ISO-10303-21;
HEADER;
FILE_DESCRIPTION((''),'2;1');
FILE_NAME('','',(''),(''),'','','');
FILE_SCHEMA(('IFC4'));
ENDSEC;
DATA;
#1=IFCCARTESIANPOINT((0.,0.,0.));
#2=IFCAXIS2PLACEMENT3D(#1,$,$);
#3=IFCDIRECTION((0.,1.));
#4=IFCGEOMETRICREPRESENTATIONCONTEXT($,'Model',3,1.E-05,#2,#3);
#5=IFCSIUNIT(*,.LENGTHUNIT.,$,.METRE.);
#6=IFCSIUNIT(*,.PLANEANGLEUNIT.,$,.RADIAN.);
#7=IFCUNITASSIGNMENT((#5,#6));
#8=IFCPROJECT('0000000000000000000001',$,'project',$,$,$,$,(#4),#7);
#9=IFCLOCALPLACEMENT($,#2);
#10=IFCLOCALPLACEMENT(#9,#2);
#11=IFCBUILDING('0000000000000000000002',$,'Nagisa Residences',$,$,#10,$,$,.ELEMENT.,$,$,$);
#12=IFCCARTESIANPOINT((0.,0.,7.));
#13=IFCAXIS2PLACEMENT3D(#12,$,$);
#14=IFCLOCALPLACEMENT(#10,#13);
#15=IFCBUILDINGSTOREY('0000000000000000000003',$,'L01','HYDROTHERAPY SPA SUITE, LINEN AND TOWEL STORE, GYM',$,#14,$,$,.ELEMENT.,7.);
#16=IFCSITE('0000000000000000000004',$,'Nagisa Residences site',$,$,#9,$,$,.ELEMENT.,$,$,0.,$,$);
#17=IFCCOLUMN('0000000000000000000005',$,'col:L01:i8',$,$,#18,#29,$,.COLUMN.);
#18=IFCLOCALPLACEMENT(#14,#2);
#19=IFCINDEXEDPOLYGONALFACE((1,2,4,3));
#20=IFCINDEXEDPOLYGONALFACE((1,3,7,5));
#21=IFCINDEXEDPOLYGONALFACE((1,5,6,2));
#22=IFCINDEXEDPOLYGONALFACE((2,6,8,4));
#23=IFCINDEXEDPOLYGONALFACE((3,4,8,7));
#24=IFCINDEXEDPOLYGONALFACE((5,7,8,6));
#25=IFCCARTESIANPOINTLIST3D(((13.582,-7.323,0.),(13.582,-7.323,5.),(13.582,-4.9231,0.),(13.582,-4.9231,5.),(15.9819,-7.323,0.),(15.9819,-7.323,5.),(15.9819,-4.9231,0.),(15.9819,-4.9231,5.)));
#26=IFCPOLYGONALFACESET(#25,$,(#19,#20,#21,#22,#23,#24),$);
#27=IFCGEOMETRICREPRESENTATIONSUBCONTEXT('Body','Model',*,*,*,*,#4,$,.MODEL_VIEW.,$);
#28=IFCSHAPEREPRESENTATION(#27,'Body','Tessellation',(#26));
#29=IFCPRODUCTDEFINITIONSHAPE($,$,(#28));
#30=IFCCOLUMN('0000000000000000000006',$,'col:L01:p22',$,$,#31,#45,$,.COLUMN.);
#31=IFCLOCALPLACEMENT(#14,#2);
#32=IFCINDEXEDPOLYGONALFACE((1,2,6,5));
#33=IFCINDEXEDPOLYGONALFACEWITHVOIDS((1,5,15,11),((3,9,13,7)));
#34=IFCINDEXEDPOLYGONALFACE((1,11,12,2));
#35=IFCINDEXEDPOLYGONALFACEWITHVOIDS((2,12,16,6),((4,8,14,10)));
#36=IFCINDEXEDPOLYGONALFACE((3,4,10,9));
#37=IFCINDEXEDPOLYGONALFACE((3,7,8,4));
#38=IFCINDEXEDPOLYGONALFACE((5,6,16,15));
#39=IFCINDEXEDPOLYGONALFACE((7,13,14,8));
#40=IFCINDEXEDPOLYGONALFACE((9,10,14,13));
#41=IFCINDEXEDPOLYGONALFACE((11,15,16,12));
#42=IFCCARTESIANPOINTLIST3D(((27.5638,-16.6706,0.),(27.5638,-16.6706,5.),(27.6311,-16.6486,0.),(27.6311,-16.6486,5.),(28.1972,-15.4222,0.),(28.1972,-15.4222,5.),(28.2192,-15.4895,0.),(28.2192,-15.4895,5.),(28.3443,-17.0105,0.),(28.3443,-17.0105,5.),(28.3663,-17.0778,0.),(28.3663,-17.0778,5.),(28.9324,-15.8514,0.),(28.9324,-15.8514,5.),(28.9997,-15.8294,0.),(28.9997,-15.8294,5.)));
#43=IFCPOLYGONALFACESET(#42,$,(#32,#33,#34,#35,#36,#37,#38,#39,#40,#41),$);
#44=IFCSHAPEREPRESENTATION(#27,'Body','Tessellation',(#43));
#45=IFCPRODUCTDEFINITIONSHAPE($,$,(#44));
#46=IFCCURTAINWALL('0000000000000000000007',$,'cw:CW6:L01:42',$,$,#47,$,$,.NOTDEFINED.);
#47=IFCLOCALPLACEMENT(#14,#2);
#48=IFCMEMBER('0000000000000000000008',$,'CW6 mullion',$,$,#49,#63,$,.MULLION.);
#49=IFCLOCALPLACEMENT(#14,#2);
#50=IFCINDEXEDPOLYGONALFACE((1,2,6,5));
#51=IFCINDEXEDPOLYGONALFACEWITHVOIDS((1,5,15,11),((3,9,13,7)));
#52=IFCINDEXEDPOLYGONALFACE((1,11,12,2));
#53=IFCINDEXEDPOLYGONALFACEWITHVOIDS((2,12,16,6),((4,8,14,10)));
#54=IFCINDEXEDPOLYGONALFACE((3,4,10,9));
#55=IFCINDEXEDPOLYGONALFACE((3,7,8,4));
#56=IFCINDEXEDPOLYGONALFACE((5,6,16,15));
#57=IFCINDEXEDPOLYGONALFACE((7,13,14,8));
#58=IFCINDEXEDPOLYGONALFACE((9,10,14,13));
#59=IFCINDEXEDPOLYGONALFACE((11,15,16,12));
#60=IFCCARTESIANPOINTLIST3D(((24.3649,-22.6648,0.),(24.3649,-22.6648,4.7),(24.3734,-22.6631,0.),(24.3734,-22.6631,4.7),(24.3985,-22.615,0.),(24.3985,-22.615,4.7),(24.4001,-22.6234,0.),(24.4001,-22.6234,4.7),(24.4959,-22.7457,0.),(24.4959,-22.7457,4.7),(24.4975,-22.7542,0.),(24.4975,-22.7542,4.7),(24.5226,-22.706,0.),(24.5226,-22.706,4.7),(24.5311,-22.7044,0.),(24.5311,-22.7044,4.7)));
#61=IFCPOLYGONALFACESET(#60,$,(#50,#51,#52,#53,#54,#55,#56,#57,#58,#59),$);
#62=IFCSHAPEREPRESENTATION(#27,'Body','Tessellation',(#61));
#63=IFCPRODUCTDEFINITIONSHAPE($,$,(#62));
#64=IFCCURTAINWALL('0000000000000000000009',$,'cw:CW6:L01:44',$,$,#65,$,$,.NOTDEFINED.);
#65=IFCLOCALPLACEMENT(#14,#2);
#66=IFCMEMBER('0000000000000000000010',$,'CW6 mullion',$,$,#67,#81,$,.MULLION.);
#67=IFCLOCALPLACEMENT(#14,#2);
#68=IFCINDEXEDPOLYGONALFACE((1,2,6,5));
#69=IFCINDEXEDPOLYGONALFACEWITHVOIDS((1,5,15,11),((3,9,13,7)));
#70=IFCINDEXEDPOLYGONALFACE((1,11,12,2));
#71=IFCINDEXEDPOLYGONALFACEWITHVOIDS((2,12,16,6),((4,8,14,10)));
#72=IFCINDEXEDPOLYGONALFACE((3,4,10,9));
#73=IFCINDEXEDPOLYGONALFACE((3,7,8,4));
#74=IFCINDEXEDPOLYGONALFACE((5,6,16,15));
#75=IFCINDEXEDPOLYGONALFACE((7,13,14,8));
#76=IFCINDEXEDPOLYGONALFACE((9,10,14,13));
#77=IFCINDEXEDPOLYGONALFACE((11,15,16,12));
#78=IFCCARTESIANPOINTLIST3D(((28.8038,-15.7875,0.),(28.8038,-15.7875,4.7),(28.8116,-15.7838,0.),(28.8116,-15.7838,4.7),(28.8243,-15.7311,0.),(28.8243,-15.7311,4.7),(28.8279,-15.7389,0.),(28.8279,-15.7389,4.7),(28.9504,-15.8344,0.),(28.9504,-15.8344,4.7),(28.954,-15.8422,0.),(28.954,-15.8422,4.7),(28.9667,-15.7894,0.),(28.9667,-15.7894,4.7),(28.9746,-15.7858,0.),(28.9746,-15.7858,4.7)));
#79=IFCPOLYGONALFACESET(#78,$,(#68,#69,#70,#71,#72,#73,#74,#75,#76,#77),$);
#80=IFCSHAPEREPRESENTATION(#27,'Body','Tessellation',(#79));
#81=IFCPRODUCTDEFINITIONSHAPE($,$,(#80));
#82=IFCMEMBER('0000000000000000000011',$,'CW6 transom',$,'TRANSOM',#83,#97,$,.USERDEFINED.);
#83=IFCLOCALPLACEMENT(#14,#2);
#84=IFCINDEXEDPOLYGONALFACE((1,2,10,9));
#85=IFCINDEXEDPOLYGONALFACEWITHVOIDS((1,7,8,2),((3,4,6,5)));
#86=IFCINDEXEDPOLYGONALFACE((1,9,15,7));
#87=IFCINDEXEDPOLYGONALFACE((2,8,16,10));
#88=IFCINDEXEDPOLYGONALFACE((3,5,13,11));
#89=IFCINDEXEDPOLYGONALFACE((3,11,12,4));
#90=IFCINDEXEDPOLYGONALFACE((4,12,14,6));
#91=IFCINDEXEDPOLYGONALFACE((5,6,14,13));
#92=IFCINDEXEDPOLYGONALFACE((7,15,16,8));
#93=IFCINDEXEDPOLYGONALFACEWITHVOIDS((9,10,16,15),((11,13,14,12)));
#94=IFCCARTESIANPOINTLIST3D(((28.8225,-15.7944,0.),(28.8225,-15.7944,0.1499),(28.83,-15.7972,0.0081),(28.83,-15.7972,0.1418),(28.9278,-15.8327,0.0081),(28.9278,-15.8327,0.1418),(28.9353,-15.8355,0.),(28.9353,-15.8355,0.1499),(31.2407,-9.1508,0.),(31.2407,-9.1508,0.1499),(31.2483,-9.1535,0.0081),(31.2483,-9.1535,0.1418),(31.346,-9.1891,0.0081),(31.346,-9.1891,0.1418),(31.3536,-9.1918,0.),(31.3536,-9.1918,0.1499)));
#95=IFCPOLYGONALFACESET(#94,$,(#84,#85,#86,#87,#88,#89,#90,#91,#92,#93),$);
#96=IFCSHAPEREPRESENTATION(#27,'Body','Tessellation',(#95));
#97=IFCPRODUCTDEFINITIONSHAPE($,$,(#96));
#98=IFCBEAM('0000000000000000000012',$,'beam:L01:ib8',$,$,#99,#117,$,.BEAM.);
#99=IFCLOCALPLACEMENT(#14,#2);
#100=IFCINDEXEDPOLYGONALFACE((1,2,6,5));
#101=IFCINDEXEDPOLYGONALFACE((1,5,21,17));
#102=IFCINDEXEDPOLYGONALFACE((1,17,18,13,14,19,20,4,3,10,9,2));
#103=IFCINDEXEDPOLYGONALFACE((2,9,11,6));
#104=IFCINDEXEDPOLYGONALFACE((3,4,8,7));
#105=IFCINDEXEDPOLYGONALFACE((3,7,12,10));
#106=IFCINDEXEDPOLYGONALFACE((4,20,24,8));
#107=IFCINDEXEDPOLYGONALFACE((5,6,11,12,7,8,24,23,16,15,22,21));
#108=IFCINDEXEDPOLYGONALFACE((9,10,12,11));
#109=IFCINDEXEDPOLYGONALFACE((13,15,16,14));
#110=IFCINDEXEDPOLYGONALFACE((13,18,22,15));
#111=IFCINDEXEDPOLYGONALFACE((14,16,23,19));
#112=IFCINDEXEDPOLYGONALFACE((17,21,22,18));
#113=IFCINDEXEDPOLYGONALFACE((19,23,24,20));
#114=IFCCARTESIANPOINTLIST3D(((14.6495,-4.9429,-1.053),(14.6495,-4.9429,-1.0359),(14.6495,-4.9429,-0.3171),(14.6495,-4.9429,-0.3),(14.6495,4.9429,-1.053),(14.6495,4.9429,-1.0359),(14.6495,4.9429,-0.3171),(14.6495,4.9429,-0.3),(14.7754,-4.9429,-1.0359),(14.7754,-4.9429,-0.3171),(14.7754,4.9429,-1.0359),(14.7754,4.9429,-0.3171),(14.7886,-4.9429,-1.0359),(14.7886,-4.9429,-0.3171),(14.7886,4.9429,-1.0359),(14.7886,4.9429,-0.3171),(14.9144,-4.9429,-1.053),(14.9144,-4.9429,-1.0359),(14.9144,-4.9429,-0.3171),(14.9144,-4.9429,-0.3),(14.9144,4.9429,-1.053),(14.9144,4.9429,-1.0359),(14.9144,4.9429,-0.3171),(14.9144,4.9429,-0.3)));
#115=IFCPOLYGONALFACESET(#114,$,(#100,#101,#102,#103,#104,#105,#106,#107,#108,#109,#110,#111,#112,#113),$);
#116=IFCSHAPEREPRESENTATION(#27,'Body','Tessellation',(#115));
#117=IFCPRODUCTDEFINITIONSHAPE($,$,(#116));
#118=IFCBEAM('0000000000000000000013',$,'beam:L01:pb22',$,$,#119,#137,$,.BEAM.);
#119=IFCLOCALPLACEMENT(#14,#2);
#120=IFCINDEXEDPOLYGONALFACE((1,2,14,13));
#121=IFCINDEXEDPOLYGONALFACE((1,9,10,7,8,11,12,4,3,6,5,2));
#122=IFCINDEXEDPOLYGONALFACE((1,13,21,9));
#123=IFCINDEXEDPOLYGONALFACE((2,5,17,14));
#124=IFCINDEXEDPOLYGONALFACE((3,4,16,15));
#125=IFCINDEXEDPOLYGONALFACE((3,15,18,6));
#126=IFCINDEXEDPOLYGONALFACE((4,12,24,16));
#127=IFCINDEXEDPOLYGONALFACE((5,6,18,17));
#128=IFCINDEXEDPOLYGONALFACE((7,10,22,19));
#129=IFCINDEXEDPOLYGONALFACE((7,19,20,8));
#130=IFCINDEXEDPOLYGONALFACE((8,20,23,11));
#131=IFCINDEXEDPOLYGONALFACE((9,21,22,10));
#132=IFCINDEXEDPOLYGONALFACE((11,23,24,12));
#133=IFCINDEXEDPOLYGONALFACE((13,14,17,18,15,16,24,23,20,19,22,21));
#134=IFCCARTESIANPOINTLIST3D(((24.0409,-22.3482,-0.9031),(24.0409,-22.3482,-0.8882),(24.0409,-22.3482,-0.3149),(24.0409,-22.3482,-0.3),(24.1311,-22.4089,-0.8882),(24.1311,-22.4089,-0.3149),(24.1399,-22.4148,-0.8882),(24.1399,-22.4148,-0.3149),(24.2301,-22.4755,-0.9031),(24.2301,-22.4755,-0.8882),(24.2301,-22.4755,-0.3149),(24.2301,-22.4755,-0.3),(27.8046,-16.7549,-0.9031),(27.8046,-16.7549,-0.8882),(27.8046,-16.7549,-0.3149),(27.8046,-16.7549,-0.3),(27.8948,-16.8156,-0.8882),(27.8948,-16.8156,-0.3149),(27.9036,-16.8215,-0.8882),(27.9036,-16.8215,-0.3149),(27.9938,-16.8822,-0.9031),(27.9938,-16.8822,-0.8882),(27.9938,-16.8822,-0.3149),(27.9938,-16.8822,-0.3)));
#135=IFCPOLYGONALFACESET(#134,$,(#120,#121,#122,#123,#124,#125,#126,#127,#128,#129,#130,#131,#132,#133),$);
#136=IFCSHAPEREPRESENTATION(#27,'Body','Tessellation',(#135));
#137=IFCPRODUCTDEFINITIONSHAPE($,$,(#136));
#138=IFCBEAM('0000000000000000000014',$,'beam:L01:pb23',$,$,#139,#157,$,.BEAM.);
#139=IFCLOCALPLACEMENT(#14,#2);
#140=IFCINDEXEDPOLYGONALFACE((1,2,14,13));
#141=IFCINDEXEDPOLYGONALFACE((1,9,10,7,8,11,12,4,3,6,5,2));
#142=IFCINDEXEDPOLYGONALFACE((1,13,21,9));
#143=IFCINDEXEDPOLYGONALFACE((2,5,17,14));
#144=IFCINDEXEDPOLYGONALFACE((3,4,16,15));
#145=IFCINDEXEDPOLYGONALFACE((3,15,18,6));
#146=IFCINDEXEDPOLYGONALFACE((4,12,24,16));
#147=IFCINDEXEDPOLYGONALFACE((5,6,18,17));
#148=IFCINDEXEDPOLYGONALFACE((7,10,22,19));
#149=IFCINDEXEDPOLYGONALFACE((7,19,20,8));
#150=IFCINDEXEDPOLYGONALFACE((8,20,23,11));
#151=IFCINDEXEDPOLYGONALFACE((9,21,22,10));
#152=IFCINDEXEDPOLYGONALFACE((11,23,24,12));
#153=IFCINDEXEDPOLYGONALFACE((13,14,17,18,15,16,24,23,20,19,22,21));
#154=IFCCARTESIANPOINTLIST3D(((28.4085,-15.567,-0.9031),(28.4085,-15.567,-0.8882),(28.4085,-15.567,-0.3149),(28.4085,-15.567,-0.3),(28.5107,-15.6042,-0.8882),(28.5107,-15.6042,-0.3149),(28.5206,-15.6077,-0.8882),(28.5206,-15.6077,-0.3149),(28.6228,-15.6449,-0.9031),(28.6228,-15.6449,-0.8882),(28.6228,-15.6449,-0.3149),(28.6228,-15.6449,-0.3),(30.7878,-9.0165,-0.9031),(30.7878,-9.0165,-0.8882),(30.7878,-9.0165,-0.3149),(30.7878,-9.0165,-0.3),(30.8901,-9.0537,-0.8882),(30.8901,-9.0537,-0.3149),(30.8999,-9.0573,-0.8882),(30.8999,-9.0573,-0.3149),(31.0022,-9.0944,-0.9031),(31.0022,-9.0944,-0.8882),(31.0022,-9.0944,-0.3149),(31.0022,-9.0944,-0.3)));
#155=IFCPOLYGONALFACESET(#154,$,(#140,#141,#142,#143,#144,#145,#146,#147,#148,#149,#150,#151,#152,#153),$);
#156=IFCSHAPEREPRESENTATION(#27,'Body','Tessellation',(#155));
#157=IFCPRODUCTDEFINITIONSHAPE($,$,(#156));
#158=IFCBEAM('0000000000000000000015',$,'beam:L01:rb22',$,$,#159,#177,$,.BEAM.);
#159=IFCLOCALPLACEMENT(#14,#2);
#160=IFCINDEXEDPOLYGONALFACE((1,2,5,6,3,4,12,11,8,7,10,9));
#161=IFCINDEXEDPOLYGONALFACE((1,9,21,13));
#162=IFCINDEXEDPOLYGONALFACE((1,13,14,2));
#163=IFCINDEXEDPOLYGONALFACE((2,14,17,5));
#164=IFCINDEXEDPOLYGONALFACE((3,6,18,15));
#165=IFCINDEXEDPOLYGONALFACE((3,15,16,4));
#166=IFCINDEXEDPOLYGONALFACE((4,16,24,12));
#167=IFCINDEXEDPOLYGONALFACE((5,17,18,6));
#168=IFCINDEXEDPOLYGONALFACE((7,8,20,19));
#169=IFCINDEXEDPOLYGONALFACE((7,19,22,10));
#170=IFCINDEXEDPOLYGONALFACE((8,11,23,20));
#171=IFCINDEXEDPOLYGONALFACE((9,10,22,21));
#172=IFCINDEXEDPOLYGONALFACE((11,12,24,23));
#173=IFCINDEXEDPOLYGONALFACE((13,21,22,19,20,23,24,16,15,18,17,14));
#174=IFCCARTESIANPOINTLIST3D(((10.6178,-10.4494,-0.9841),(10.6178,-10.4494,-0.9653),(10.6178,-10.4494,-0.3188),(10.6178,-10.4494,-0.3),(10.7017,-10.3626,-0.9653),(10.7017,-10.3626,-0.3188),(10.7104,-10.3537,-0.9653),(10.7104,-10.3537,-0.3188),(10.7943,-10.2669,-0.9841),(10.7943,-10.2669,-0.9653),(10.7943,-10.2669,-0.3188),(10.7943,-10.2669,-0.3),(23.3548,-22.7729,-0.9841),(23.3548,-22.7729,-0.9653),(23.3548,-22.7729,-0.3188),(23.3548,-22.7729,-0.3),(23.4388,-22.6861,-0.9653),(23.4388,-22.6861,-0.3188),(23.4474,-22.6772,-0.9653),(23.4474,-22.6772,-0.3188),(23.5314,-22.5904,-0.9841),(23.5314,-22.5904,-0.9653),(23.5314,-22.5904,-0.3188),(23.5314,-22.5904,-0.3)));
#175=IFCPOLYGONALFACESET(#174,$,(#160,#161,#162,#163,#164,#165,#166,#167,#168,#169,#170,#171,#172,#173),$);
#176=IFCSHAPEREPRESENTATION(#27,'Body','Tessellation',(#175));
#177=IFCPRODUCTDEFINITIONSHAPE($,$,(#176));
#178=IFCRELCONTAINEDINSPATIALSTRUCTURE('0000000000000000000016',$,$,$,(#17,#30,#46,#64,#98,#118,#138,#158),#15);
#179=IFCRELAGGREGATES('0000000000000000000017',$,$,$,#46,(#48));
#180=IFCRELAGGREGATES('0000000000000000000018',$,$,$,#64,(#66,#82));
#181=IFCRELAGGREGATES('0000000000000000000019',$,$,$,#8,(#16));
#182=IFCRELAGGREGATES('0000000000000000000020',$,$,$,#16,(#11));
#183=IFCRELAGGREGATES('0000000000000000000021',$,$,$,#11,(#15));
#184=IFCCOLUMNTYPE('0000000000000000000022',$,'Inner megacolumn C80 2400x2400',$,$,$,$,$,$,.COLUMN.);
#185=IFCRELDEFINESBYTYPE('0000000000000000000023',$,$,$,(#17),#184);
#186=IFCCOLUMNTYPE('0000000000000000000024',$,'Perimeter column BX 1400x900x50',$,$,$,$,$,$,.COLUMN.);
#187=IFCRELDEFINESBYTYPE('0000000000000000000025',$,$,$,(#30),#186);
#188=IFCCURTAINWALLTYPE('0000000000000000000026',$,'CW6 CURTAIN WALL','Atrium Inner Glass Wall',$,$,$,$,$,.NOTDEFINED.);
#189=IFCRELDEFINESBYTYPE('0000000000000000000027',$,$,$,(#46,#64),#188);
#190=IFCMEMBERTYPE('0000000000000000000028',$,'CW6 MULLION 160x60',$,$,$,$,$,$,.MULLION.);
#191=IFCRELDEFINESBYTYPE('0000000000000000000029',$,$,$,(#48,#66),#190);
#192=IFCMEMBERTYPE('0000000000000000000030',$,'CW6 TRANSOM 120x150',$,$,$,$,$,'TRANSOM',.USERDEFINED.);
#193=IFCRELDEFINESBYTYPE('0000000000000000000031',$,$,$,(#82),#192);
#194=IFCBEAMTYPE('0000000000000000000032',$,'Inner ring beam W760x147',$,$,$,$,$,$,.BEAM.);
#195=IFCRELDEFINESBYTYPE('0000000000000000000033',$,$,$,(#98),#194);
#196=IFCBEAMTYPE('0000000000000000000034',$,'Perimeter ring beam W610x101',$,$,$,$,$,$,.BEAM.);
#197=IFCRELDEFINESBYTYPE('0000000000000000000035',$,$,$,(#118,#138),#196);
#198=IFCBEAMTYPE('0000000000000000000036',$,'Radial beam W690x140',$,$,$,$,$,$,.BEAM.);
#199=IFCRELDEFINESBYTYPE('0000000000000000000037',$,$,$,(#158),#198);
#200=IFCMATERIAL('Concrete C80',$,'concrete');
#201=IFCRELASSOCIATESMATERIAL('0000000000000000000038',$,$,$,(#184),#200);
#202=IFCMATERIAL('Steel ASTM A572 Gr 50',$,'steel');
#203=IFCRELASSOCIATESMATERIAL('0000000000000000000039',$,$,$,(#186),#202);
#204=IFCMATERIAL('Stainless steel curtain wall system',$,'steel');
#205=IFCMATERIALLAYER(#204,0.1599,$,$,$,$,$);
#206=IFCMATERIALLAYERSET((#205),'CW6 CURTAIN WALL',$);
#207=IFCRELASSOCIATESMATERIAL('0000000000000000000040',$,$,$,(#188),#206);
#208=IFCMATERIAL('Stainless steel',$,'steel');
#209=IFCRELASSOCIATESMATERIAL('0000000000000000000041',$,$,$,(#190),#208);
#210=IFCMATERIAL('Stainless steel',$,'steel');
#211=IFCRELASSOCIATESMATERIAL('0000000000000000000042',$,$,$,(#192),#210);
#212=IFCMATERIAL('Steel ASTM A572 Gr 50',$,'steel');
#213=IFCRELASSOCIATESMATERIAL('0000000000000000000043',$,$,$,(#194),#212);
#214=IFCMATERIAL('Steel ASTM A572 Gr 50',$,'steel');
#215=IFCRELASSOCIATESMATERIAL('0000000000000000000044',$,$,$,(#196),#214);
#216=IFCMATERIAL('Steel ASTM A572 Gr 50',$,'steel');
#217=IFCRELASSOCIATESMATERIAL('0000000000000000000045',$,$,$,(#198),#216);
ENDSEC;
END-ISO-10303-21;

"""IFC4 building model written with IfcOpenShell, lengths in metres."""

from ifc_helpers import new_model, si_unit, direction, frame, origin, origin_2d, place, context, subcontext, project, spatial, rectangle, hollow_rectangle, i_section, extrude, material, layer, layer_set, material_profile, profile_set, type_object, element, aggregate, save


model = new_model("IFC4")

# Units and contexts
model_context = context("Model", 3, precision=1e-05, world=origin(), true_north=direction((0.0, 1.0)))
body_context = subcontext(model_context, "Body", "Model", "MODEL_VIEW")
ifc_project = project(units=[si_unit("LENGTHUNIT", "METRE"), si_unit("PLANEANGLEUNIT", "RADIAN")], contexts=[model_context])

# Site, building, storey
site_placement = place(None, origin())
site = spatial("IfcSite", under=ifc_project, at=site_placement, Name="Nagisa Residences site", CompositionType="ELEMENT", RefElevation=0.0)
building_placement = place(site_placement, origin())
building = spatial("IfcBuilding", under=site, at=building_placement, Name="Nagisa Residences", CompositionType="ELEMENT")
storey_placement = place(building_placement, frame((0.0, 0.0, 7.0)))
storey = spatial("IfcBuildingStorey", under=building, at=storey_placement, Name="L01", Description="HYDROTHERAPY SPA SUITE, LINEN AND TOWEL STORE, GYM", CompositionType="ELEMENT", Elevation=7.0)

# Columns
ifc_material_1 = material(Name="Concrete C80", Category="concrete")
ifc_material_profile_1 = material_profile(ifc_material_1, rectangle(XDim=2.3999, YDim=2.3999, at=origin_2d()), Name="C80 2400x2400")
ifc_profile_set_1 = profile_set([ifc_material_profile_1], Name="Concrete C80")
column_type_1 = type_object("IfcColumnType", Name="Inner megacolumn C80 2400x2400", PredefinedType="COLUMN", material=ifc_profile_set_1)
column_1_placement = place(storey_placement, frame((14.782, -6.123, 0.0), z_axis=(0.0, 0.0, 1.0), x_axis=(1.0, 0.0, 0.0)))
element("IfcColumn", 1, at=column_1_placement, inside=storey, type_object=column_type_1, Name="col:L01:i8", PredefinedType="COLUMN", context=body_context, shape_type="SweptSolid", body=[
    extrude(rectangle(XDim=2.3999, YDim=2.3999, at=origin_2d()), origin(), (0.0, 0.0, 1.0), 5.0),
])
ifc_material_2 = material(Name="Steel ASTM A572 Gr 50", Category="steel")
ifc_material_profile_2 = material_profile(ifc_material_2, hollow_rectangle(XDim=1.3999, YDim=0.8999, WallThickness=0.05, at=origin_2d()), Name="BX 1400x900x50")
ifc_profile_set_2 = profile_set([ifc_material_profile_2], Name="Steel ASTM A572 Gr 50")
column_type_2 = type_object("IfcColumnType", Name="Perimeter column BX 1400x900x50", PredefinedType="COLUMN", material=ifc_profile_set_2)
column_2_placement = place(storey_placement, frame((28.2817, -16.25, 0.0), z_axis=(0.0, 0.0, 1.0), x_axis=(0.452463, 0.891783, 0.0)))
element("IfcColumn", 2, at=column_2_placement, inside=storey, type_object=column_type_2, Name="col:L01:p22", PredefinedType="COLUMN", context=body_context, shape_type="SweptSolid", body=[
    extrude(hollow_rectangle(XDim=1.3999, YDim=0.8999, WallThickness=0.05, at=origin_2d()), origin(), (0.0, 0.0, 1.0), 5.0),
])

# Curtain wall, member
ifc_material_3 = material(Name="Stainless steel curtain wall system", Category="steel")
ifc_layer_1 = layer(ifc_material_3, 0.1599)
ifc_layer_set_1 = layer_set([ifc_layer_1], Name="CW6 CURTAIN WALL")
curtain_wall_type = type_object("IfcCurtainWallType", Name="CW6 CURTAIN WALL", Description="Atrium Inner Glass Wall", PredefinedType="NOTDEFINED", material=ifc_layer_set_1)
curtain_wall_1_placement = place(storey_placement, origin())
curtain_wall_1 = element("IfcCurtainWall", 3, at=curtain_wall_1_placement, inside=storey, type_object=curtain_wall_type, Name="cw:CW6:L01:42", PredefinedType="NOTDEFINED")
ifc_material_4 = material(Name="Stainless steel", Category="steel")
ifc_material_profile_3 = material_profile(ifc_material_4, hollow_rectangle(XDim=0.1599, YDim=0.0601, WallThickness=0.0061, at=origin_2d()), Name="CW6 MULLION 160x60")
ifc_profile_set_3 = profile_set([ifc_material_profile_3], Name="Stainless steel")
member_type_1 = type_object("IfcMemberType", Name="CW6 MULLION 160x60", PredefinedType="MULLION", material=ifc_profile_set_3)
member_1_placement = place(storey_placement, frame((24.448, -22.6846, 0.0), z_axis=(0.0, 0.0, 1.0), x_axis=(-0.829111, 0.559084, 0.0)))
member_1 = element("IfcMember", 4, at=member_1_placement, type_object=member_type_1, Name="CW6 mullion", PredefinedType="MULLION", context=body_context, shape_type="SweptSolid", body=[
    extrude(hollow_rectangle(XDim=0.1599, YDim=0.0601, WallThickness=0.0061, at=origin_2d()), origin(), (0.0, 0.0, 1.0), 4.7),
])

# Curtain wall, members
curtain_wall_2_placement = place(storey_placement, origin())
curtain_wall_2 = element("IfcCurtainWall", 5, at=curtain_wall_2_placement, inside=storey, type_object=curtain_wall_type, Name="cw:CW6:L01:44", PredefinedType="NOTDEFINED")
member_2_placement = place(storey_placement, frame((28.8892, -15.7866, 0.0), z_axis=(0.0, 0.0, 1.0), x_axis=(-0.939682, 0.34205, 0.0)))
member_2 = element("IfcMember", 6, at=member_2_placement, type_object=member_type_1, Name="CW6 mullion", PredefinedType="MULLION", context=body_context, shape_type="SweptSolid", body=[
    extrude(hollow_rectangle(XDim=0.1599, YDim=0.0601, WallThickness=0.0061, at=origin_2d()), origin(), (0.0, 0.0, 1.0), 4.7),
])
ifc_material_5 = material(Name="Stainless steel", Category="steel")
ifc_material_profile_4 = material_profile(ifc_material_5, hollow_rectangle(XDim=0.1201, YDim=0.1499, WallThickness=0.0081, at=origin_2d()), Name="CW6 TRANSOM 120x150")
ifc_profile_set_4 = profile_set([ifc_material_profile_4], Name="Stainless steel")
member_type_2 = type_object("IfcMemberType", Name="CW6 TRANSOM 120x150", ElementType="TRANSOM", PredefinedType="USERDEFINED", material=ifc_profile_set_4)
member_3_placement = place(storey_placement, frame((28.8789, -15.8149, 0.075), z_axis=(0.34204, 0.939685, 0.0), x_axis=(-0.939685, 0.34204, 0.0)))
member_3 = element("IfcMember", 7, at=member_3_placement, type_object=member_type_2, Name="CW6 transom", ObjectType="TRANSOM", PredefinedType="USERDEFINED", context=body_context, shape_type="SweptSolid", body=[
    extrude(hollow_rectangle(XDim=0.1201, YDim=0.1499, WallThickness=0.0081, at=origin_2d()), origin(), (0.0, 0.0, 1.0), 7.0701),
])

# Beams
ifc_material_6 = material(Name="Steel ASTM A572 Gr 50", Category="steel")
ifc_material_profile_5 = material_profile(ifc_material_6, i_section(OverallWidth=0.2649, OverallDepth=0.7529, WebThickness=0.0132, FlangeThickness=0.0171, at=origin_2d()), Name="W760x147")
ifc_profile_set_5 = profile_set([ifc_material_profile_5], Name="Steel ASTM A572 Gr 50")
beam_type_1 = type_object("IfcBeamType", Name="Inner ring beam W760x147", PredefinedType="BEAM", material=ifc_profile_set_5)
beam_1_placement = place(storey_placement, frame((14.782, -4.9429, -0.6765), z_axis=(0.0, 1.0, 0.0), x_axis=(-1.0, 0.0, 0.0)))
element("IfcBeam", 8, at=beam_1_placement, inside=storey, type_object=beam_type_1, Name="beam:L01:ib8", PredefinedType="BEAM", context=body_context, shape_type="SweptSolid", body=[
    extrude(i_section(OverallWidth=0.2649, OverallDepth=0.7529, WebThickness=0.0132, FlangeThickness=0.0171, at=origin_2d()), origin(), (0.0, 0.0, 1.0), 9.8857),
])
ifc_material_7 = material(Name="Steel ASTM A572 Gr 50", Category="steel")
ifc_material_profile_6 = material_profile(ifc_material_7, i_section(OverallWidth=0.228, OverallDepth=0.603, WebThickness=0.0105, FlangeThickness=0.0149, at=origin_2d()), Name="W610x101")
ifc_profile_set_6 = profile_set([ifc_material_profile_6], Name="Steel ASTM A572 Gr 50")
beam_type_2 = type_object("IfcBeamType", Name="Perimeter ring beam W610x101", PredefinedType="BEAM", material=ifc_profile_set_6)
beam_2_placement = place(storey_placement, frame((24.1355, -22.4119, -0.6016), z_axis=(0.558272, 0.829658, 0.0), x_axis=(-0.829658, 0.558272, 0.0)))
element("IfcBeam", 9, at=beam_2_placement, inside=storey, type_object=beam_type_2, Name="beam:L01:pb22", PredefinedType="BEAM", context=body_context, shape_type="SweptSolid", body=[
    extrude(i_section(OverallWidth=0.228, OverallDepth=0.603, WebThickness=0.0105, FlangeThickness=0.0149, at=origin_2d()), origin(), (0.0, 0.0, 1.0), 6.7417),
])
beam_3_placement = place(storey_placement, frame((28.5156, -15.606, -0.6016), z_axis=(0.341411, 0.939914, 0.0), x_axis=(-0.939914, 0.341411, 0.0)))
element("IfcBeam", 10, at=beam_3_placement, inside=storey, type_object=beam_type_2, Name="beam:L01:pb23", PredefinedType="BEAM", context=body_context, shape_type="SweptSolid", body=[
    extrude(i_section(OverallWidth=0.228, OverallDepth=0.603, WebThickness=0.0105, FlangeThickness=0.0149, at=origin_2d()), origin(), (0.0, 0.0, 1.0), 6.9692),
])
ifc_material_8 = material(Name="Steel ASTM A572 Gr 50", Category="steel")
ifc_material_profile_7 = material_profile(ifc_material_8, i_section(OverallWidth=0.2539, OverallDepth=0.6841, WebThickness=0.0125, FlangeThickness=0.0188, at=origin_2d()), Name="W690x140")
ifc_profile_set_7 = profile_set([ifc_material_profile_7], Name="Steel ASTM A572 Gr 50")
beam_type_3 = type_object("IfcBeamType", Name="Radial beam W690x140", PredefinedType="BEAM", material=ifc_profile_set_7)
beam_4_placement = place(storey_placement, frame((23.4431, -22.6816, -0.6421), z_axis=(-0.718678, 0.695343, 0.0), x_axis=(-0.695343, -0.718678, 0.0)))
element("IfcBeam", 11, at=beam_4_placement, inside=storey, type_object=beam_type_3, Name="beam:L01:rb22", PredefinedType="BEAM", context=body_context, shape_type="SweptSolid", body=[
    extrude(i_section(OverallWidth=0.2539, OverallDepth=0.6841, WebThickness=0.0125, FlangeThickness=0.0188, at=origin_2d()), origin(), (0.0, 0.0, 1.0), 17.7229),
])

aggregate(curtain_wall_1, [member_1])
aggregate(curtain_wall_2, [member_2, member_3])

save(model, "model.ifc")
